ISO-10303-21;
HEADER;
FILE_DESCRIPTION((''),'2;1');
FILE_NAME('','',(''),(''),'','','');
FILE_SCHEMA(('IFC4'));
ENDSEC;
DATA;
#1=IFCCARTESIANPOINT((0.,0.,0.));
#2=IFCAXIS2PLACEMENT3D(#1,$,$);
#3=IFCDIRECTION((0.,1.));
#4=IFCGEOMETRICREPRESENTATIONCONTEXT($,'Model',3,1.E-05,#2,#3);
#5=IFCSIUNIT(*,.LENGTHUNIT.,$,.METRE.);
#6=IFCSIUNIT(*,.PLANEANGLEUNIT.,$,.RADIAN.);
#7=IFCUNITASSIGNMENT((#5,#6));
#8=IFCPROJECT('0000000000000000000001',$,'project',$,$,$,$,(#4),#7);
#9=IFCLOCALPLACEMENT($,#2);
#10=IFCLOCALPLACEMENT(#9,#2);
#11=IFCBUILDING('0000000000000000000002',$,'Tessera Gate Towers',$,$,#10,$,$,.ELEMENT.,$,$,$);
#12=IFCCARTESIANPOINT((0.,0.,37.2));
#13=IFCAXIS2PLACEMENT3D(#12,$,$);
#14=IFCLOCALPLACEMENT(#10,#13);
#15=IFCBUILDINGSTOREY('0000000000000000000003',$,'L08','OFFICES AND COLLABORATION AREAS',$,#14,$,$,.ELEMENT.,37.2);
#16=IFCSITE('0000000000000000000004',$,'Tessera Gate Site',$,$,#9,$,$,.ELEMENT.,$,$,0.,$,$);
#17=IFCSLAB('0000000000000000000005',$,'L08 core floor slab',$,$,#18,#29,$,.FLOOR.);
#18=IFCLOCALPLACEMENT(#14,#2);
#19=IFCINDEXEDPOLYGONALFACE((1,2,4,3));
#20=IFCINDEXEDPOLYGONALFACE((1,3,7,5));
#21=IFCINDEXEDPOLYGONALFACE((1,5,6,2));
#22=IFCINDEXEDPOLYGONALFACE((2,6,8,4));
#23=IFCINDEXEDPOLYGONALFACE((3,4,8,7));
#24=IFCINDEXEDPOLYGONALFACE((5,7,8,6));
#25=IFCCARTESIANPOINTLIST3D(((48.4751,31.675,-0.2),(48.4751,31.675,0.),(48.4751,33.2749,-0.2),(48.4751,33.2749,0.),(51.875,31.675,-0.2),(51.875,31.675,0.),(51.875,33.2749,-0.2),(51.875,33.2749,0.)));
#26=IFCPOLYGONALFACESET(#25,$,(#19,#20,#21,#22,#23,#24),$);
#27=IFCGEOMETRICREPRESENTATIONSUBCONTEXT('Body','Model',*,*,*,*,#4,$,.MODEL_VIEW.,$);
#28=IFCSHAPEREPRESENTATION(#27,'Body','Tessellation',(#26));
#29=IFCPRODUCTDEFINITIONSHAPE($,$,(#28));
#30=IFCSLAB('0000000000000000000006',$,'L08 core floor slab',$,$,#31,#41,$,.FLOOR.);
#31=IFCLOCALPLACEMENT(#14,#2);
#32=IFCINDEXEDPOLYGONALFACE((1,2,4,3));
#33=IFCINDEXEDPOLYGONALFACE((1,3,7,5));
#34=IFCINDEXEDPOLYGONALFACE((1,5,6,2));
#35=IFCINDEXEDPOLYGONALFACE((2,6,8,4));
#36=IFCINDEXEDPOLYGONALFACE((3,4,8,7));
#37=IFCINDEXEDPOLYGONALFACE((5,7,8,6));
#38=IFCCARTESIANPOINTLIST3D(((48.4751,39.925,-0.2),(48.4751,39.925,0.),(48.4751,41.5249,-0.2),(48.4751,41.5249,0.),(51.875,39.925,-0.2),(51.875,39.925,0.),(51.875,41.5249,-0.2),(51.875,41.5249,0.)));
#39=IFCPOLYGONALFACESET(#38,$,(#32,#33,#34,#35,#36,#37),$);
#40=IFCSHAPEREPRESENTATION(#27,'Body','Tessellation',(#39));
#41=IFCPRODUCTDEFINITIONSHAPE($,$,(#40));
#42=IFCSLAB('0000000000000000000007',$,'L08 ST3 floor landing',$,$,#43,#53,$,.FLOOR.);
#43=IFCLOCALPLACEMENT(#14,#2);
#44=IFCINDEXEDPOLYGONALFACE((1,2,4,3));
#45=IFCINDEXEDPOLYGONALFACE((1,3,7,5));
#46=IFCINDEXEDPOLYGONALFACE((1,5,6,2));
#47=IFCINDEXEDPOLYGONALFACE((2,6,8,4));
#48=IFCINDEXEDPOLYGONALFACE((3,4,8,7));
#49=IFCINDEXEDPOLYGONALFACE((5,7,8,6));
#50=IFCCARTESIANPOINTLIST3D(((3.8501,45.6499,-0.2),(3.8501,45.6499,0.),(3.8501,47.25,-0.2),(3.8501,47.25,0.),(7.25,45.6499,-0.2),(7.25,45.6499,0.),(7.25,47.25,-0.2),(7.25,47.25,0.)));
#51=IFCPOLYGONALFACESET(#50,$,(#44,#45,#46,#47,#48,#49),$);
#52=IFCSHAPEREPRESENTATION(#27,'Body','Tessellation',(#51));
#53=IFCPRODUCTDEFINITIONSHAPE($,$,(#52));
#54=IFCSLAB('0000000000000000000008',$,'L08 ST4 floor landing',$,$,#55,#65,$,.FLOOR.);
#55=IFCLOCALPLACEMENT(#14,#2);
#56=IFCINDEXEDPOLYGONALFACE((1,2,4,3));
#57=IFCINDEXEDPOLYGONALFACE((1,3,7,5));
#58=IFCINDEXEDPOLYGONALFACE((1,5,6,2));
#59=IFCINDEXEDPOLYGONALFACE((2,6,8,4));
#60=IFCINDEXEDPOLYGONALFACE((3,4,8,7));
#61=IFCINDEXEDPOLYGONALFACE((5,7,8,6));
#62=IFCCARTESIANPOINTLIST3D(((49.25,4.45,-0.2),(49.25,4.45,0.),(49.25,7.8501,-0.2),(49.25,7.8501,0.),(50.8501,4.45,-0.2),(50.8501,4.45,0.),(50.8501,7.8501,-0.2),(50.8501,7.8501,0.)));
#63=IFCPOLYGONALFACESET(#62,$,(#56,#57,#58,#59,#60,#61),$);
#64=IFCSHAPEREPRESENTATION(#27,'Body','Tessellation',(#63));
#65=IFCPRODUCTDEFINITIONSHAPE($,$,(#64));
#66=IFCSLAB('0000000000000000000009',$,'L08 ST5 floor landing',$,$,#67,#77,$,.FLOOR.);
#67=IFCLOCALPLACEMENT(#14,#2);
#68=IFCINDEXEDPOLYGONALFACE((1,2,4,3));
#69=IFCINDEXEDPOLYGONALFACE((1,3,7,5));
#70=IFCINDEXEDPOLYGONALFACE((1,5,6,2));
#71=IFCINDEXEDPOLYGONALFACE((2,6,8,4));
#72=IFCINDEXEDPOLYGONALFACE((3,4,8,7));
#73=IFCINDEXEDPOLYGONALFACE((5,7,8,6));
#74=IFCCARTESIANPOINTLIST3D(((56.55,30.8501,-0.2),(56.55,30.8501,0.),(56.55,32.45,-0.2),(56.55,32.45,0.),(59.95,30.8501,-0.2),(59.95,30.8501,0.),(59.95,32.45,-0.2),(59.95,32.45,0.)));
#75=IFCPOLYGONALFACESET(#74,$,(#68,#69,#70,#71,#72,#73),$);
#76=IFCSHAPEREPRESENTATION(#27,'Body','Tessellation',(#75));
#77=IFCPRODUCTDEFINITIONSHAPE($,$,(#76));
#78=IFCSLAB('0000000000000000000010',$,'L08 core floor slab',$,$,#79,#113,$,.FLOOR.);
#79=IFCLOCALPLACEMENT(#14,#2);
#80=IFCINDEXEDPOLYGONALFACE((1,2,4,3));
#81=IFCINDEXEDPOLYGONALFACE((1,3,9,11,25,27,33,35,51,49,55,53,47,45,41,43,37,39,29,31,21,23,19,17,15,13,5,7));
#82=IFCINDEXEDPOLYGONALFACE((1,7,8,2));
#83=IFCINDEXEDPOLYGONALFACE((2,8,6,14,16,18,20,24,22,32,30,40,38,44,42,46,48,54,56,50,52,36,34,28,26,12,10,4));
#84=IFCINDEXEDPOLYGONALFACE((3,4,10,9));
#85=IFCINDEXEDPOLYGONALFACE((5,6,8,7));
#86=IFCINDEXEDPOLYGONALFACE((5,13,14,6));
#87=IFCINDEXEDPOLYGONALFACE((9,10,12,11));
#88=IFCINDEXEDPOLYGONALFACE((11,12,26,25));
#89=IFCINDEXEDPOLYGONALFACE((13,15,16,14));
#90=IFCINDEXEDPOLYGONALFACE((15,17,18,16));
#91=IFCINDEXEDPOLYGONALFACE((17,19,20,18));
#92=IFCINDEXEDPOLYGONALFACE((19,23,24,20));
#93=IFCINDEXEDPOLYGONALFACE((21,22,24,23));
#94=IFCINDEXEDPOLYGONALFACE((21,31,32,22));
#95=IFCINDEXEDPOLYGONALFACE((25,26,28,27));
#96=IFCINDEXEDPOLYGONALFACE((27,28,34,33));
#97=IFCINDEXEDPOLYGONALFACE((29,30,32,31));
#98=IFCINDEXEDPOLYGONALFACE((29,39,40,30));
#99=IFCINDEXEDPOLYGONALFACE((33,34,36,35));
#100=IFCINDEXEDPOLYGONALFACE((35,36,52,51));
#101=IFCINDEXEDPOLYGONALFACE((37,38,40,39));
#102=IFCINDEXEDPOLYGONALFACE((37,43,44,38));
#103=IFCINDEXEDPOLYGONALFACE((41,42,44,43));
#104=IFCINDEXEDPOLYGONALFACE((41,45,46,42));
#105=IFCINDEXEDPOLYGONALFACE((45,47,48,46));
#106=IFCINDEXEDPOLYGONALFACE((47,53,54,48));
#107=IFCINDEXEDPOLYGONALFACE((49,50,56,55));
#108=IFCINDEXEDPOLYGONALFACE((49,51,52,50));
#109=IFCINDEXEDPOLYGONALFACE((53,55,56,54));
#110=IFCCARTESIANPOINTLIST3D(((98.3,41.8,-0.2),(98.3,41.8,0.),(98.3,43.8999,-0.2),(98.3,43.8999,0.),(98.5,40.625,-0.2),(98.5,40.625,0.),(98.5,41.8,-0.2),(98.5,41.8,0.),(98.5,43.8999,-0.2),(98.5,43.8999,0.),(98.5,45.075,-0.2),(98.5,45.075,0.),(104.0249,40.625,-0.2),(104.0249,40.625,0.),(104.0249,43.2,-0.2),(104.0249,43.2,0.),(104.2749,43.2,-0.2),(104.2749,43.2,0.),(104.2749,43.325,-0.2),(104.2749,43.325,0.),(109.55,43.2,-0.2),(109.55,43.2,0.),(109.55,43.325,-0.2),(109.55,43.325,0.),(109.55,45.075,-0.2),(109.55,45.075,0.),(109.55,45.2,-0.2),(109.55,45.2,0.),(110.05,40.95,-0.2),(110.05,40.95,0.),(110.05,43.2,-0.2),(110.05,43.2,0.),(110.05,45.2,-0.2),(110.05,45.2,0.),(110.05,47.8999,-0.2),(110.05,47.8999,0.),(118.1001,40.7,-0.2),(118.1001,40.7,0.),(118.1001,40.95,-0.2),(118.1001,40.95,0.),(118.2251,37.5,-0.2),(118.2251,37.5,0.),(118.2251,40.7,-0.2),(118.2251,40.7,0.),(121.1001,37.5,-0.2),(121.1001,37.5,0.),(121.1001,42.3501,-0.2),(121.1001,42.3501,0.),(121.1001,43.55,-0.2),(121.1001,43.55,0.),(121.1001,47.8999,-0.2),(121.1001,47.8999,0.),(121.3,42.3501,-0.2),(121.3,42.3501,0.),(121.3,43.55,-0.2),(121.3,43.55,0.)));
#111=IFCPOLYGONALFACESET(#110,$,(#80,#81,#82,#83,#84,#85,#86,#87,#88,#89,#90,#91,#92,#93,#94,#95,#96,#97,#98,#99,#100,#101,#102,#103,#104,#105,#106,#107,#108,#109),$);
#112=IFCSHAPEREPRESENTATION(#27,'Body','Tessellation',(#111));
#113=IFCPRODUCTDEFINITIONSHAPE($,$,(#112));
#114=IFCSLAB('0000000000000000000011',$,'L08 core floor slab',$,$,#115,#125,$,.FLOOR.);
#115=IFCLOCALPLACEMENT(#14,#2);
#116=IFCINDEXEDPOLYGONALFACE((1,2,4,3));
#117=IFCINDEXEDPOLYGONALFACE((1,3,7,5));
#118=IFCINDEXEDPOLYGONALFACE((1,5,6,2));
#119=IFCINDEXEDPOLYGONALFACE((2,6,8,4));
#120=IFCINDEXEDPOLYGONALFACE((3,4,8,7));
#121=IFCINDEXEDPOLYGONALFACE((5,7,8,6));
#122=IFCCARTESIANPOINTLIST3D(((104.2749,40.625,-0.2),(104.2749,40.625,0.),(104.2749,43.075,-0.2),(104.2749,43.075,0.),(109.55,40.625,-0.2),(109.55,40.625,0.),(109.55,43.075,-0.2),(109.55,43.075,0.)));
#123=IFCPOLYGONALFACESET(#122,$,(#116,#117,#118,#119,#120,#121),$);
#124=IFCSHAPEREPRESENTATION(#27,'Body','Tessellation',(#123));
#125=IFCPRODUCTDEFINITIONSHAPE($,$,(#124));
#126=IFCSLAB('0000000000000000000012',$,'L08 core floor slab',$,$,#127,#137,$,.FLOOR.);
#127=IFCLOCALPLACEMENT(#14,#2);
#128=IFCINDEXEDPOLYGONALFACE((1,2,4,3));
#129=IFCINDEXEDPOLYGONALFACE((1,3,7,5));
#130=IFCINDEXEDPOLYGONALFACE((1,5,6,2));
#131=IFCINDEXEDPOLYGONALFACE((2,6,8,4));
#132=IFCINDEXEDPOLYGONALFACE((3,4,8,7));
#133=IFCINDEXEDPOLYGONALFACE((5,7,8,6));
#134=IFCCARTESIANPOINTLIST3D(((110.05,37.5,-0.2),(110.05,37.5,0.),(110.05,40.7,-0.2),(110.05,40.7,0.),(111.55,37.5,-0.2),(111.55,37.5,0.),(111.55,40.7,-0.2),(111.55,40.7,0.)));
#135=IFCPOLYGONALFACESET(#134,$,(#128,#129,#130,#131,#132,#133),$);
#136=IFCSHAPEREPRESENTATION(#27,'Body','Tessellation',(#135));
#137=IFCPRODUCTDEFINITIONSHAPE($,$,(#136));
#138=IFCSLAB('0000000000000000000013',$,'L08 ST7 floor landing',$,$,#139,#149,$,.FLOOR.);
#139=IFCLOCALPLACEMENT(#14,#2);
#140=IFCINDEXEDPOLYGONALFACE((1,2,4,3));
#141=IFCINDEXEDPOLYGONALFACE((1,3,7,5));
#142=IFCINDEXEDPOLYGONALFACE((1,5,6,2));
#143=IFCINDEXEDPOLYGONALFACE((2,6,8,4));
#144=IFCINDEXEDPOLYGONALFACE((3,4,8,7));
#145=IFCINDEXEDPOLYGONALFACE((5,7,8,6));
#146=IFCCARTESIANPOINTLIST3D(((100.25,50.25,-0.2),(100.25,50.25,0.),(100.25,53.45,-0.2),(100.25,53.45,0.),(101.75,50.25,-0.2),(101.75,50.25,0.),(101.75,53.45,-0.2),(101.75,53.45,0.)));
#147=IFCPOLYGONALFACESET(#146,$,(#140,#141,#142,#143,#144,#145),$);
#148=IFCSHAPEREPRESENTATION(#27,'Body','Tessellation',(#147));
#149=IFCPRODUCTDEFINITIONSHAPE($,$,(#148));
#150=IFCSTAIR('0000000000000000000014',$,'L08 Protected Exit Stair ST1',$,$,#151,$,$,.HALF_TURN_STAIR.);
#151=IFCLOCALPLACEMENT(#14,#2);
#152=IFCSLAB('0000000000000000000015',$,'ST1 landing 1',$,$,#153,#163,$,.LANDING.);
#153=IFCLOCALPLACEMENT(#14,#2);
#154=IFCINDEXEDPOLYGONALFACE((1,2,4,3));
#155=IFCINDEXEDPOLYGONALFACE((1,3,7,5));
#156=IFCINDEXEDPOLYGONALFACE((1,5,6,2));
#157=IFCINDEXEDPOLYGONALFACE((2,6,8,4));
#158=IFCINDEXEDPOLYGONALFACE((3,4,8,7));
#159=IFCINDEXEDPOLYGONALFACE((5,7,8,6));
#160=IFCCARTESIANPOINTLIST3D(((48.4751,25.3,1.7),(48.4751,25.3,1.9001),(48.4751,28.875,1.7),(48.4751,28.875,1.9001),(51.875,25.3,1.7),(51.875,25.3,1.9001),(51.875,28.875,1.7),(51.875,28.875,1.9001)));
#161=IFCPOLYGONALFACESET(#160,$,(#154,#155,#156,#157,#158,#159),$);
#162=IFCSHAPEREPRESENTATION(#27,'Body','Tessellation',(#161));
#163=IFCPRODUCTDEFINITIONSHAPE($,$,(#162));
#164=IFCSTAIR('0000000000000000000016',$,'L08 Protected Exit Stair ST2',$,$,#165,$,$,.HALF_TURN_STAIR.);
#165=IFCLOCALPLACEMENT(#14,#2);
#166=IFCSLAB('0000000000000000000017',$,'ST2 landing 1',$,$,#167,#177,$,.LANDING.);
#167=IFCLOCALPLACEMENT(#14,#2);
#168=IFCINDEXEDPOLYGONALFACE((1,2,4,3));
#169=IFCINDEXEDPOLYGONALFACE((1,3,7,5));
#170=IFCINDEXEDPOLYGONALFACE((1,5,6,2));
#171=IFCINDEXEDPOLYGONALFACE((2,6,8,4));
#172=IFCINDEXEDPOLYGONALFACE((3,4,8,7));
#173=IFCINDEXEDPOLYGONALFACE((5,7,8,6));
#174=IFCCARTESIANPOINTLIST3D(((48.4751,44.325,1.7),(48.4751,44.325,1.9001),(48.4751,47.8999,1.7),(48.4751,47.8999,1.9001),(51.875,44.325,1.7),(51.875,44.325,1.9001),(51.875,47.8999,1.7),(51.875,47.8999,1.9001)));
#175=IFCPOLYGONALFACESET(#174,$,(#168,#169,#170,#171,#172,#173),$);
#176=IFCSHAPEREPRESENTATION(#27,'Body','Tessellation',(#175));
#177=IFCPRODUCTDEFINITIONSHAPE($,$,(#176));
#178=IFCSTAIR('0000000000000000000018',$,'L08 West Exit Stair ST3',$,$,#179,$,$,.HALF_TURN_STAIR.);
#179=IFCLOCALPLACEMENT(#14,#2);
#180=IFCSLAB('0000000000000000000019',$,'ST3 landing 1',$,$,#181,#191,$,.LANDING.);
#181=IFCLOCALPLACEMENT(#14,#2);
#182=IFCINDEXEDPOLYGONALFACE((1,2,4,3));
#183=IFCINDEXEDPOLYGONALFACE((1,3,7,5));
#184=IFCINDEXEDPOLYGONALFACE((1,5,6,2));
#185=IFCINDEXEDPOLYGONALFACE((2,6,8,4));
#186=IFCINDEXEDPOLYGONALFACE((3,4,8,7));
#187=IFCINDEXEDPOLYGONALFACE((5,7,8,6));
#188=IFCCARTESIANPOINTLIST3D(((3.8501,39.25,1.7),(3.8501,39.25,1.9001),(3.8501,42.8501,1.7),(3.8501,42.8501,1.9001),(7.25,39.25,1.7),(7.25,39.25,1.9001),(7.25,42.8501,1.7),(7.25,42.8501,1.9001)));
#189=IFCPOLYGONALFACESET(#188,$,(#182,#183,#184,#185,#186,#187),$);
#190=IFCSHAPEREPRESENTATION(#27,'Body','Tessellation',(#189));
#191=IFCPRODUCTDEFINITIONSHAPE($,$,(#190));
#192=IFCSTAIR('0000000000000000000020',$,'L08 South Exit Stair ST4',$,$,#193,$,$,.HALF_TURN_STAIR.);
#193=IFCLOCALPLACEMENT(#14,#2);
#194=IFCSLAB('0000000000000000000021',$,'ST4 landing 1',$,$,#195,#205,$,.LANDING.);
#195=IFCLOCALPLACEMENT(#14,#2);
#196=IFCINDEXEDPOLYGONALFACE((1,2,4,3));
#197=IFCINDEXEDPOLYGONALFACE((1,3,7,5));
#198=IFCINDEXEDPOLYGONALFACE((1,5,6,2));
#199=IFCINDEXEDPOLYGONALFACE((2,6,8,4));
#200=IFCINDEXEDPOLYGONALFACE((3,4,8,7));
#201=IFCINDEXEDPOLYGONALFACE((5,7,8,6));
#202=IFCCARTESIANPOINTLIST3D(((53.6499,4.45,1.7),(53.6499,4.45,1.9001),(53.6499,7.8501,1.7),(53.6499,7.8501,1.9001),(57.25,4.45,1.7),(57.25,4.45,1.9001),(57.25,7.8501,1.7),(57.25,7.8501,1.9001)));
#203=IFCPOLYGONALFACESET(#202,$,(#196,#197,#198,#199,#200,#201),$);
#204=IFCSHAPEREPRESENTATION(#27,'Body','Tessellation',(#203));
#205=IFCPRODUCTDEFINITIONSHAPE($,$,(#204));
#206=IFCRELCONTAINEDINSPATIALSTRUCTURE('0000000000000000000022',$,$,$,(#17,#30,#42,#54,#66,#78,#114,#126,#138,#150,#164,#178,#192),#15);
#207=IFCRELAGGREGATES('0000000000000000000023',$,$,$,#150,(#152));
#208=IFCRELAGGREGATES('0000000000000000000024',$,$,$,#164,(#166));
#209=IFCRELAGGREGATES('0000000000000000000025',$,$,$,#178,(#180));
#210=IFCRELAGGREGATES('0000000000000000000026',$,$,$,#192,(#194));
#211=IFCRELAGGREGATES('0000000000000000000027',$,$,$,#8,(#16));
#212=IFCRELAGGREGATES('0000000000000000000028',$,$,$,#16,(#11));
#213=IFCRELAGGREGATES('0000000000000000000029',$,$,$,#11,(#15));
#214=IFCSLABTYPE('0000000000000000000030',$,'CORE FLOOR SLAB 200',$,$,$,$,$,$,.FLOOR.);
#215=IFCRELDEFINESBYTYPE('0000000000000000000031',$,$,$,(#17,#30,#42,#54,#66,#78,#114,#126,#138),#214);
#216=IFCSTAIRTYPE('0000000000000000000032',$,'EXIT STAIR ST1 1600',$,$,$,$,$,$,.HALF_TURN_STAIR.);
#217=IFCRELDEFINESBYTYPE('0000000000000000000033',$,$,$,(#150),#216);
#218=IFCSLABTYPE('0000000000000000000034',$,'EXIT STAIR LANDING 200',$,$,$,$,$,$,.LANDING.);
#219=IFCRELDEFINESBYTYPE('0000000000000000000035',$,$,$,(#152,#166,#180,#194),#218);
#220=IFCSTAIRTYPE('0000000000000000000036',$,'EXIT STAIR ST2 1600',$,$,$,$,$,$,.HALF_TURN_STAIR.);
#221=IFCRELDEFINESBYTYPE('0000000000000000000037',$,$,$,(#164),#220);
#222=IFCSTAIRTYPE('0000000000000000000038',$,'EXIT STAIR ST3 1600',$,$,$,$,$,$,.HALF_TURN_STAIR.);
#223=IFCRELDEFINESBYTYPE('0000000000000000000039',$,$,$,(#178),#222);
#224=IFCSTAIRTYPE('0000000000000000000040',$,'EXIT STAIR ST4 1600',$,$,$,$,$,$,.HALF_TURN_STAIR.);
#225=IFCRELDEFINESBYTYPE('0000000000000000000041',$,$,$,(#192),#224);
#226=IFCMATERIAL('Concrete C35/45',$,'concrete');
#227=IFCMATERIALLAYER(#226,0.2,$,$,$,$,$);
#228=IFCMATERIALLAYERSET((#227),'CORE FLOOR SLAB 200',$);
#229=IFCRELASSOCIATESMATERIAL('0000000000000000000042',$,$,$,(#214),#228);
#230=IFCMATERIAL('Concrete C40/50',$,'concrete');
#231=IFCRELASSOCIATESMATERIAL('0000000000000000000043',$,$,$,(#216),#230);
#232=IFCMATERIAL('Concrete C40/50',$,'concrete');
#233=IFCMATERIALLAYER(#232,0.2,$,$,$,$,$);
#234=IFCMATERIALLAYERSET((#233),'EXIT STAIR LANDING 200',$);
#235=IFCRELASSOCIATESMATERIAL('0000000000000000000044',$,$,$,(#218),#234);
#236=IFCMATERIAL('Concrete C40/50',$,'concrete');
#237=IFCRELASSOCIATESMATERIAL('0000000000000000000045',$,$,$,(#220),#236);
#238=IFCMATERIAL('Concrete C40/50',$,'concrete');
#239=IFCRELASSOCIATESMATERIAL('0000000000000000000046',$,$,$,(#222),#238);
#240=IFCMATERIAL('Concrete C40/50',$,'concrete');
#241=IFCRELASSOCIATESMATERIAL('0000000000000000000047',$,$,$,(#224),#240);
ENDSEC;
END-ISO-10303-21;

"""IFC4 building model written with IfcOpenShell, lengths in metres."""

from ifc_helpers import new_model, si_unit, direction, frame, origin, place, context, subcontext, project, spatial, polyline, outline, extrude, material, layer, layer_set, type_object, element, aggregate, save


model = new_model("IFC4")

# Units and contexts
model_context = context("Model", 3, precision=1e-05, world=origin(), true_north=direction((0.0, 1.0)))
body_context = subcontext(model_context, "Body", "Model", "MODEL_VIEW")
ifc_project = project(units=[si_unit("LENGTHUNIT", "METRE"), si_unit("PLANEANGLEUNIT", "RADIAN")], contexts=[model_context])

# Site, building, storey
site_placement = place(None, origin())
site = spatial("IfcSite", under=ifc_project, at=site_placement, Name="Tessera Gate Site", CompositionType="ELEMENT", RefElevation=0.0)
building_placement = place(site_placement, origin())
building = spatial("IfcBuilding", under=site, at=building_placement, Name="Tessera Gate Towers", CompositionType="ELEMENT")
storey_placement = place(building_placement, frame((0.0, 0.0, 37.2)))
storey = spatial("IfcBuildingStorey", under=building, at=storey_placement, Name="L08", Description="OFFICES AND COLLABORATION AREAS", CompositionType="ELEMENT", Elevation=37.2)

# Slabs
ifc_material_1 = material(Name="Concrete C35/45", Category="concrete")
ifc_layer_1 = layer(ifc_material_1, 0.2)
ifc_layer_set_1 = layer_set([ifc_layer_1], Name="CORE FLOOR SLAB 200")
slab_type_1 = type_object("IfcSlabType", Name="CORE FLOOR SLAB 200", PredefinedType="FLOOR", material=ifc_layer_set_1)
slab_1_placement = place(storey_placement, frame((0.0, 0.0, -0.2)))
element("IfcSlab", 1, at=slab_1_placement, inside=storey, type_object=slab_type_1, Name="L08 core floor slab", PredefinedType="FLOOR", context=body_context, shape_type="SweptSolid", body=[
    extrude(outline(polyline([(51.875, 31.675), (51.875, 33.2749), (48.4751, 33.2749), (48.4751, 31.675), (51.875, 31.675)])), origin(), (0.0, 0.0, 1.0), 0.2),
])
slab_2_placement = place(storey_placement, frame((0.0, 0.0, -0.2)))
element("IfcSlab", 2, at=slab_2_placement, inside=storey, type_object=slab_type_1, Name="L08 core floor slab", PredefinedType="FLOOR", context=body_context, shape_type="SweptSolid", body=[
    extrude(outline(polyline([(48.4751, 41.5249), (48.4751, 39.925), (51.875, 39.925), (51.875, 41.5249), (48.4751, 41.5249)])), origin(), (0.0, 0.0, 1.0), 0.2),
])
slab_3_placement = place(storey_placement, frame((0.0, 0.0, -0.2)))
element("IfcSlab", 3, at=slab_3_placement, inside=storey, type_object=slab_type_1, Name="L08 ST3 floor landing", PredefinedType="FLOOR", context=body_context, shape_type="SweptSolid", body=[
    extrude(outline(polyline([(3.8501, 47.25), (3.8501, 45.6499), (7.25, 45.6499), (7.25, 47.25), (3.8501, 47.25)])), origin(), (0.0, 0.0, 1.0), 0.2),
])
slab_4_placement = place(storey_placement, frame((0.0, 0.0, -0.2)))
element("IfcSlab", 4, at=slab_4_placement, inside=storey, type_object=slab_type_1, Name="L08 ST4 floor landing", PredefinedType="FLOOR", context=body_context, shape_type="SweptSolid", body=[
    extrude(outline(polyline([(49.25, 4.45), (50.8501, 4.45), (50.8501, 7.8501), (49.25, 7.8501), (49.25, 4.45)])), origin(), (0.0, 0.0, 1.0), 0.2),
])
slab_5_placement = place(storey_placement, frame((0.0, 0.0, -0.2)))
element("IfcSlab", 5, at=slab_5_placement, inside=storey, type_object=slab_type_1, Name="L08 ST5 floor landing", PredefinedType="FLOOR", context=body_context, shape_type="SweptSolid", body=[
    extrude(outline(polyline([(59.95, 30.8501), (59.95, 32.45), (56.55, 32.45), (56.55, 30.8501), (59.95, 30.8501)])), origin(), (0.0, 0.0, 1.0), 0.2),
])
slab_6_placement = place(storey_placement, frame((0.0, 0.0, -0.2)))
element("IfcSlab", 6, at=slab_6_placement, inside=storey, type_object=slab_type_1, Name="L08 core floor slab", PredefinedType="FLOOR", context=body_context, shape_type="SweptSolid", body=[
    extrude(outline(polyline([(109.55, 45.2), (109.55, 45.075), (98.5, 45.075), (98.5, 43.8999), (98.3, 43.8999), (98.3, 41.8), (98.5, 41.8), (98.5, 40.625), (104.0249, 40.625), (104.0249, 43.2), (104.2749, 43.2), (104.2749, 43.325), (109.55, 43.325), (109.55, 43.2), (110.05, 43.2), (110.05, 40.95), (118.1001, 40.95), (118.1001, 40.7), (118.2251, 40.7), (118.2251, 37.5), (121.1001, 37.5), (121.1001, 42.3501), (121.3, 42.3501), (121.3, 43.55), (121.1001, 43.55), (121.1001, 47.8999), (110.05, 47.8999), (110.05, 45.2), (109.55, 45.2)])), origin(), (0.0, 0.0, 1.0), 0.2),
])
slab_7_placement = place(storey_placement, frame((0.0, 0.0, -0.2)))
element("IfcSlab", 7, at=slab_7_placement, inside=storey, type_object=slab_type_1, Name="L08 core floor slab", PredefinedType="FLOOR", context=body_context, shape_type="SweptSolid", body=[
    extrude(outline(polyline([(109.55, 43.075), (104.2749, 43.075), (104.2749, 40.625), (109.55, 40.625), (109.55, 43.075)])), origin(), (0.0, 0.0, 1.0), 0.2),
])
slab_8_placement = place(storey_placement, frame((0.0, 0.0, -0.2)))
element("IfcSlab", 8, at=slab_8_placement, inside=storey, type_object=slab_type_1, Name="L08 core floor slab", PredefinedType="FLOOR", context=body_context, shape_type="SweptSolid", body=[
    extrude(outline(polyline([(111.55, 37.5), (111.55, 40.7), (110.05, 40.7), (110.05, 37.5), (111.55, 37.5)])), origin(), (0.0, 0.0, 1.0), 0.2),
])
slab_9_placement = place(storey_placement, frame((0.0, 0.0, -0.2)))
element("IfcSlab", 9, at=slab_9_placement, inside=storey, type_object=slab_type_1, Name="L08 ST7 floor landing", PredefinedType="FLOOR", context=body_context, shape_type="SweptSolid", body=[
    extrude(outline(polyline([(100.25, 50.25), (101.75, 50.25), (101.75, 53.45), (100.25, 53.45), (100.25, 50.25)])), origin(), (0.0, 0.0, 1.0), 0.2),
])

# Stairs, slabs
ifc_material_2 = material(Name="Concrete C40/50", Category="concrete")
stair_type_1 = type_object("IfcStairType", Name="EXIT STAIR ST1 1600", PredefinedType="HALF_TURN_STAIR", material=ifc_material_2)
stair_1_placement = place(storey_placement, origin())
stair_1 = element("IfcStair", 10, at=stair_1_placement, inside=storey, type_object=stair_type_1, Name="L08 Protected Exit Stair ST1", PredefinedType="HALF_TURN_STAIR")
ifc_material_3 = material(Name="Concrete C40/50", Category="concrete")
ifc_layer_2 = layer(ifc_material_3, 0.2)
ifc_layer_set_2 = layer_set([ifc_layer_2], Name="EXIT STAIR LANDING 200")
slab_type_2 = type_object("IfcSlabType", Name="EXIT STAIR LANDING 200", PredefinedType="LANDING", material=ifc_layer_set_2)
slab_10_placement = place(storey_placement, frame((0.0, 0.0, 1.7)))
slab_10 = element("IfcSlab", 11, at=slab_10_placement, type_object=slab_type_2, Name="ST1 landing 1", PredefinedType="LANDING", context=body_context, shape_type="SweptSolid", body=[
    extrude(outline(polyline([(48.4751, 28.875), (48.4751, 25.3), (51.875, 25.3), (51.875, 28.875), (48.4751, 28.875)])), origin(), (0.0, 0.0, 1.0), 0.2002),
])
aggregate(stair_1, [slab_10])
ifc_material_4 = material(Name="Concrete C40/50", Category="concrete")
stair_type_2 = type_object("IfcStairType", Name="EXIT STAIR ST2 1600", PredefinedType="HALF_TURN_STAIR", material=ifc_material_4)
stair_2_placement = place(storey_placement, origin())
stair_2 = element("IfcStair", 12, at=stair_2_placement, inside=storey, type_object=stair_type_2, Name="L08 Protected Exit Stair ST2", PredefinedType="HALF_TURN_STAIR")
slab_11_placement = place(storey_placement, frame((0.0, 0.0, 1.7)))
slab_11 = element("IfcSlab", 13, at=slab_11_placement, type_object=slab_type_2, Name="ST2 landing 1", PredefinedType="LANDING", context=body_context, shape_type="SweptSolid", body=[
    extrude(outline(polyline([(51.875, 44.325), (51.875, 47.8999), (48.4751, 47.8999), (48.4751, 44.325), (51.875, 44.325)])), origin(), (0.0, 0.0, 1.0), 0.2002),
])
aggregate(stair_2, [slab_11])
ifc_material_5 = material(Name="Concrete C40/50", Category="concrete")
stair_type_3 = type_object("IfcStairType", Name="EXIT STAIR ST3 1600", PredefinedType="HALF_TURN_STAIR", material=ifc_material_5)
stair_3_placement = place(storey_placement, origin())
stair_3 = element("IfcStair", 14, at=stair_3_placement, inside=storey, type_object=stair_type_3, Name="L08 West Exit Stair ST3", PredefinedType="HALF_TURN_STAIR")
slab_12_placement = place(storey_placement, frame((0.0, 0.0, 1.7)))
slab_12 = element("IfcSlab", 15, at=slab_12_placement, type_object=slab_type_2, Name="ST3 landing 1", PredefinedType="LANDING", context=body_context, shape_type="SweptSolid", body=[
    extrude(outline(polyline([(3.8501, 42.8501), (3.8501, 39.25), (7.25, 39.25), (7.25, 42.8501), (3.8501, 42.8501)])), origin(), (0.0, 0.0, 1.0), 0.2002),
])
aggregate(stair_3, [slab_12])
ifc_material_6 = material(Name="Concrete C40/50", Category="concrete")
stair_type_4 = type_object("IfcStairType", Name="EXIT STAIR ST4 1600", PredefinedType="HALF_TURN_STAIR", material=ifc_material_6)
stair_4_placement = place(storey_placement, origin())
stair_4 = element("IfcStair", 16, at=stair_4_placement, inside=storey, type_object=stair_type_4, Name="L08 South Exit Stair ST4", PredefinedType="HALF_TURN_STAIR")
slab_13_placement = place(storey_placement, frame((0.0, 0.0, 1.7)))
slab_13 = element("IfcSlab", 17, at=slab_13_placement, type_object=slab_type_2, Name="ST4 landing 1", PredefinedType="LANDING", context=body_context, shape_type="SweptSolid", body=[
    extrude(outline(polyline([(53.6499, 4.45), (57.25, 4.45), (57.25, 7.8501), (53.6499, 7.8501), (53.6499, 4.45)])), origin(), (0.0, 0.0, 1.0), 0.2002),
])
aggregate(stair_4, [slab_13])

save(model, "model.ifc")
